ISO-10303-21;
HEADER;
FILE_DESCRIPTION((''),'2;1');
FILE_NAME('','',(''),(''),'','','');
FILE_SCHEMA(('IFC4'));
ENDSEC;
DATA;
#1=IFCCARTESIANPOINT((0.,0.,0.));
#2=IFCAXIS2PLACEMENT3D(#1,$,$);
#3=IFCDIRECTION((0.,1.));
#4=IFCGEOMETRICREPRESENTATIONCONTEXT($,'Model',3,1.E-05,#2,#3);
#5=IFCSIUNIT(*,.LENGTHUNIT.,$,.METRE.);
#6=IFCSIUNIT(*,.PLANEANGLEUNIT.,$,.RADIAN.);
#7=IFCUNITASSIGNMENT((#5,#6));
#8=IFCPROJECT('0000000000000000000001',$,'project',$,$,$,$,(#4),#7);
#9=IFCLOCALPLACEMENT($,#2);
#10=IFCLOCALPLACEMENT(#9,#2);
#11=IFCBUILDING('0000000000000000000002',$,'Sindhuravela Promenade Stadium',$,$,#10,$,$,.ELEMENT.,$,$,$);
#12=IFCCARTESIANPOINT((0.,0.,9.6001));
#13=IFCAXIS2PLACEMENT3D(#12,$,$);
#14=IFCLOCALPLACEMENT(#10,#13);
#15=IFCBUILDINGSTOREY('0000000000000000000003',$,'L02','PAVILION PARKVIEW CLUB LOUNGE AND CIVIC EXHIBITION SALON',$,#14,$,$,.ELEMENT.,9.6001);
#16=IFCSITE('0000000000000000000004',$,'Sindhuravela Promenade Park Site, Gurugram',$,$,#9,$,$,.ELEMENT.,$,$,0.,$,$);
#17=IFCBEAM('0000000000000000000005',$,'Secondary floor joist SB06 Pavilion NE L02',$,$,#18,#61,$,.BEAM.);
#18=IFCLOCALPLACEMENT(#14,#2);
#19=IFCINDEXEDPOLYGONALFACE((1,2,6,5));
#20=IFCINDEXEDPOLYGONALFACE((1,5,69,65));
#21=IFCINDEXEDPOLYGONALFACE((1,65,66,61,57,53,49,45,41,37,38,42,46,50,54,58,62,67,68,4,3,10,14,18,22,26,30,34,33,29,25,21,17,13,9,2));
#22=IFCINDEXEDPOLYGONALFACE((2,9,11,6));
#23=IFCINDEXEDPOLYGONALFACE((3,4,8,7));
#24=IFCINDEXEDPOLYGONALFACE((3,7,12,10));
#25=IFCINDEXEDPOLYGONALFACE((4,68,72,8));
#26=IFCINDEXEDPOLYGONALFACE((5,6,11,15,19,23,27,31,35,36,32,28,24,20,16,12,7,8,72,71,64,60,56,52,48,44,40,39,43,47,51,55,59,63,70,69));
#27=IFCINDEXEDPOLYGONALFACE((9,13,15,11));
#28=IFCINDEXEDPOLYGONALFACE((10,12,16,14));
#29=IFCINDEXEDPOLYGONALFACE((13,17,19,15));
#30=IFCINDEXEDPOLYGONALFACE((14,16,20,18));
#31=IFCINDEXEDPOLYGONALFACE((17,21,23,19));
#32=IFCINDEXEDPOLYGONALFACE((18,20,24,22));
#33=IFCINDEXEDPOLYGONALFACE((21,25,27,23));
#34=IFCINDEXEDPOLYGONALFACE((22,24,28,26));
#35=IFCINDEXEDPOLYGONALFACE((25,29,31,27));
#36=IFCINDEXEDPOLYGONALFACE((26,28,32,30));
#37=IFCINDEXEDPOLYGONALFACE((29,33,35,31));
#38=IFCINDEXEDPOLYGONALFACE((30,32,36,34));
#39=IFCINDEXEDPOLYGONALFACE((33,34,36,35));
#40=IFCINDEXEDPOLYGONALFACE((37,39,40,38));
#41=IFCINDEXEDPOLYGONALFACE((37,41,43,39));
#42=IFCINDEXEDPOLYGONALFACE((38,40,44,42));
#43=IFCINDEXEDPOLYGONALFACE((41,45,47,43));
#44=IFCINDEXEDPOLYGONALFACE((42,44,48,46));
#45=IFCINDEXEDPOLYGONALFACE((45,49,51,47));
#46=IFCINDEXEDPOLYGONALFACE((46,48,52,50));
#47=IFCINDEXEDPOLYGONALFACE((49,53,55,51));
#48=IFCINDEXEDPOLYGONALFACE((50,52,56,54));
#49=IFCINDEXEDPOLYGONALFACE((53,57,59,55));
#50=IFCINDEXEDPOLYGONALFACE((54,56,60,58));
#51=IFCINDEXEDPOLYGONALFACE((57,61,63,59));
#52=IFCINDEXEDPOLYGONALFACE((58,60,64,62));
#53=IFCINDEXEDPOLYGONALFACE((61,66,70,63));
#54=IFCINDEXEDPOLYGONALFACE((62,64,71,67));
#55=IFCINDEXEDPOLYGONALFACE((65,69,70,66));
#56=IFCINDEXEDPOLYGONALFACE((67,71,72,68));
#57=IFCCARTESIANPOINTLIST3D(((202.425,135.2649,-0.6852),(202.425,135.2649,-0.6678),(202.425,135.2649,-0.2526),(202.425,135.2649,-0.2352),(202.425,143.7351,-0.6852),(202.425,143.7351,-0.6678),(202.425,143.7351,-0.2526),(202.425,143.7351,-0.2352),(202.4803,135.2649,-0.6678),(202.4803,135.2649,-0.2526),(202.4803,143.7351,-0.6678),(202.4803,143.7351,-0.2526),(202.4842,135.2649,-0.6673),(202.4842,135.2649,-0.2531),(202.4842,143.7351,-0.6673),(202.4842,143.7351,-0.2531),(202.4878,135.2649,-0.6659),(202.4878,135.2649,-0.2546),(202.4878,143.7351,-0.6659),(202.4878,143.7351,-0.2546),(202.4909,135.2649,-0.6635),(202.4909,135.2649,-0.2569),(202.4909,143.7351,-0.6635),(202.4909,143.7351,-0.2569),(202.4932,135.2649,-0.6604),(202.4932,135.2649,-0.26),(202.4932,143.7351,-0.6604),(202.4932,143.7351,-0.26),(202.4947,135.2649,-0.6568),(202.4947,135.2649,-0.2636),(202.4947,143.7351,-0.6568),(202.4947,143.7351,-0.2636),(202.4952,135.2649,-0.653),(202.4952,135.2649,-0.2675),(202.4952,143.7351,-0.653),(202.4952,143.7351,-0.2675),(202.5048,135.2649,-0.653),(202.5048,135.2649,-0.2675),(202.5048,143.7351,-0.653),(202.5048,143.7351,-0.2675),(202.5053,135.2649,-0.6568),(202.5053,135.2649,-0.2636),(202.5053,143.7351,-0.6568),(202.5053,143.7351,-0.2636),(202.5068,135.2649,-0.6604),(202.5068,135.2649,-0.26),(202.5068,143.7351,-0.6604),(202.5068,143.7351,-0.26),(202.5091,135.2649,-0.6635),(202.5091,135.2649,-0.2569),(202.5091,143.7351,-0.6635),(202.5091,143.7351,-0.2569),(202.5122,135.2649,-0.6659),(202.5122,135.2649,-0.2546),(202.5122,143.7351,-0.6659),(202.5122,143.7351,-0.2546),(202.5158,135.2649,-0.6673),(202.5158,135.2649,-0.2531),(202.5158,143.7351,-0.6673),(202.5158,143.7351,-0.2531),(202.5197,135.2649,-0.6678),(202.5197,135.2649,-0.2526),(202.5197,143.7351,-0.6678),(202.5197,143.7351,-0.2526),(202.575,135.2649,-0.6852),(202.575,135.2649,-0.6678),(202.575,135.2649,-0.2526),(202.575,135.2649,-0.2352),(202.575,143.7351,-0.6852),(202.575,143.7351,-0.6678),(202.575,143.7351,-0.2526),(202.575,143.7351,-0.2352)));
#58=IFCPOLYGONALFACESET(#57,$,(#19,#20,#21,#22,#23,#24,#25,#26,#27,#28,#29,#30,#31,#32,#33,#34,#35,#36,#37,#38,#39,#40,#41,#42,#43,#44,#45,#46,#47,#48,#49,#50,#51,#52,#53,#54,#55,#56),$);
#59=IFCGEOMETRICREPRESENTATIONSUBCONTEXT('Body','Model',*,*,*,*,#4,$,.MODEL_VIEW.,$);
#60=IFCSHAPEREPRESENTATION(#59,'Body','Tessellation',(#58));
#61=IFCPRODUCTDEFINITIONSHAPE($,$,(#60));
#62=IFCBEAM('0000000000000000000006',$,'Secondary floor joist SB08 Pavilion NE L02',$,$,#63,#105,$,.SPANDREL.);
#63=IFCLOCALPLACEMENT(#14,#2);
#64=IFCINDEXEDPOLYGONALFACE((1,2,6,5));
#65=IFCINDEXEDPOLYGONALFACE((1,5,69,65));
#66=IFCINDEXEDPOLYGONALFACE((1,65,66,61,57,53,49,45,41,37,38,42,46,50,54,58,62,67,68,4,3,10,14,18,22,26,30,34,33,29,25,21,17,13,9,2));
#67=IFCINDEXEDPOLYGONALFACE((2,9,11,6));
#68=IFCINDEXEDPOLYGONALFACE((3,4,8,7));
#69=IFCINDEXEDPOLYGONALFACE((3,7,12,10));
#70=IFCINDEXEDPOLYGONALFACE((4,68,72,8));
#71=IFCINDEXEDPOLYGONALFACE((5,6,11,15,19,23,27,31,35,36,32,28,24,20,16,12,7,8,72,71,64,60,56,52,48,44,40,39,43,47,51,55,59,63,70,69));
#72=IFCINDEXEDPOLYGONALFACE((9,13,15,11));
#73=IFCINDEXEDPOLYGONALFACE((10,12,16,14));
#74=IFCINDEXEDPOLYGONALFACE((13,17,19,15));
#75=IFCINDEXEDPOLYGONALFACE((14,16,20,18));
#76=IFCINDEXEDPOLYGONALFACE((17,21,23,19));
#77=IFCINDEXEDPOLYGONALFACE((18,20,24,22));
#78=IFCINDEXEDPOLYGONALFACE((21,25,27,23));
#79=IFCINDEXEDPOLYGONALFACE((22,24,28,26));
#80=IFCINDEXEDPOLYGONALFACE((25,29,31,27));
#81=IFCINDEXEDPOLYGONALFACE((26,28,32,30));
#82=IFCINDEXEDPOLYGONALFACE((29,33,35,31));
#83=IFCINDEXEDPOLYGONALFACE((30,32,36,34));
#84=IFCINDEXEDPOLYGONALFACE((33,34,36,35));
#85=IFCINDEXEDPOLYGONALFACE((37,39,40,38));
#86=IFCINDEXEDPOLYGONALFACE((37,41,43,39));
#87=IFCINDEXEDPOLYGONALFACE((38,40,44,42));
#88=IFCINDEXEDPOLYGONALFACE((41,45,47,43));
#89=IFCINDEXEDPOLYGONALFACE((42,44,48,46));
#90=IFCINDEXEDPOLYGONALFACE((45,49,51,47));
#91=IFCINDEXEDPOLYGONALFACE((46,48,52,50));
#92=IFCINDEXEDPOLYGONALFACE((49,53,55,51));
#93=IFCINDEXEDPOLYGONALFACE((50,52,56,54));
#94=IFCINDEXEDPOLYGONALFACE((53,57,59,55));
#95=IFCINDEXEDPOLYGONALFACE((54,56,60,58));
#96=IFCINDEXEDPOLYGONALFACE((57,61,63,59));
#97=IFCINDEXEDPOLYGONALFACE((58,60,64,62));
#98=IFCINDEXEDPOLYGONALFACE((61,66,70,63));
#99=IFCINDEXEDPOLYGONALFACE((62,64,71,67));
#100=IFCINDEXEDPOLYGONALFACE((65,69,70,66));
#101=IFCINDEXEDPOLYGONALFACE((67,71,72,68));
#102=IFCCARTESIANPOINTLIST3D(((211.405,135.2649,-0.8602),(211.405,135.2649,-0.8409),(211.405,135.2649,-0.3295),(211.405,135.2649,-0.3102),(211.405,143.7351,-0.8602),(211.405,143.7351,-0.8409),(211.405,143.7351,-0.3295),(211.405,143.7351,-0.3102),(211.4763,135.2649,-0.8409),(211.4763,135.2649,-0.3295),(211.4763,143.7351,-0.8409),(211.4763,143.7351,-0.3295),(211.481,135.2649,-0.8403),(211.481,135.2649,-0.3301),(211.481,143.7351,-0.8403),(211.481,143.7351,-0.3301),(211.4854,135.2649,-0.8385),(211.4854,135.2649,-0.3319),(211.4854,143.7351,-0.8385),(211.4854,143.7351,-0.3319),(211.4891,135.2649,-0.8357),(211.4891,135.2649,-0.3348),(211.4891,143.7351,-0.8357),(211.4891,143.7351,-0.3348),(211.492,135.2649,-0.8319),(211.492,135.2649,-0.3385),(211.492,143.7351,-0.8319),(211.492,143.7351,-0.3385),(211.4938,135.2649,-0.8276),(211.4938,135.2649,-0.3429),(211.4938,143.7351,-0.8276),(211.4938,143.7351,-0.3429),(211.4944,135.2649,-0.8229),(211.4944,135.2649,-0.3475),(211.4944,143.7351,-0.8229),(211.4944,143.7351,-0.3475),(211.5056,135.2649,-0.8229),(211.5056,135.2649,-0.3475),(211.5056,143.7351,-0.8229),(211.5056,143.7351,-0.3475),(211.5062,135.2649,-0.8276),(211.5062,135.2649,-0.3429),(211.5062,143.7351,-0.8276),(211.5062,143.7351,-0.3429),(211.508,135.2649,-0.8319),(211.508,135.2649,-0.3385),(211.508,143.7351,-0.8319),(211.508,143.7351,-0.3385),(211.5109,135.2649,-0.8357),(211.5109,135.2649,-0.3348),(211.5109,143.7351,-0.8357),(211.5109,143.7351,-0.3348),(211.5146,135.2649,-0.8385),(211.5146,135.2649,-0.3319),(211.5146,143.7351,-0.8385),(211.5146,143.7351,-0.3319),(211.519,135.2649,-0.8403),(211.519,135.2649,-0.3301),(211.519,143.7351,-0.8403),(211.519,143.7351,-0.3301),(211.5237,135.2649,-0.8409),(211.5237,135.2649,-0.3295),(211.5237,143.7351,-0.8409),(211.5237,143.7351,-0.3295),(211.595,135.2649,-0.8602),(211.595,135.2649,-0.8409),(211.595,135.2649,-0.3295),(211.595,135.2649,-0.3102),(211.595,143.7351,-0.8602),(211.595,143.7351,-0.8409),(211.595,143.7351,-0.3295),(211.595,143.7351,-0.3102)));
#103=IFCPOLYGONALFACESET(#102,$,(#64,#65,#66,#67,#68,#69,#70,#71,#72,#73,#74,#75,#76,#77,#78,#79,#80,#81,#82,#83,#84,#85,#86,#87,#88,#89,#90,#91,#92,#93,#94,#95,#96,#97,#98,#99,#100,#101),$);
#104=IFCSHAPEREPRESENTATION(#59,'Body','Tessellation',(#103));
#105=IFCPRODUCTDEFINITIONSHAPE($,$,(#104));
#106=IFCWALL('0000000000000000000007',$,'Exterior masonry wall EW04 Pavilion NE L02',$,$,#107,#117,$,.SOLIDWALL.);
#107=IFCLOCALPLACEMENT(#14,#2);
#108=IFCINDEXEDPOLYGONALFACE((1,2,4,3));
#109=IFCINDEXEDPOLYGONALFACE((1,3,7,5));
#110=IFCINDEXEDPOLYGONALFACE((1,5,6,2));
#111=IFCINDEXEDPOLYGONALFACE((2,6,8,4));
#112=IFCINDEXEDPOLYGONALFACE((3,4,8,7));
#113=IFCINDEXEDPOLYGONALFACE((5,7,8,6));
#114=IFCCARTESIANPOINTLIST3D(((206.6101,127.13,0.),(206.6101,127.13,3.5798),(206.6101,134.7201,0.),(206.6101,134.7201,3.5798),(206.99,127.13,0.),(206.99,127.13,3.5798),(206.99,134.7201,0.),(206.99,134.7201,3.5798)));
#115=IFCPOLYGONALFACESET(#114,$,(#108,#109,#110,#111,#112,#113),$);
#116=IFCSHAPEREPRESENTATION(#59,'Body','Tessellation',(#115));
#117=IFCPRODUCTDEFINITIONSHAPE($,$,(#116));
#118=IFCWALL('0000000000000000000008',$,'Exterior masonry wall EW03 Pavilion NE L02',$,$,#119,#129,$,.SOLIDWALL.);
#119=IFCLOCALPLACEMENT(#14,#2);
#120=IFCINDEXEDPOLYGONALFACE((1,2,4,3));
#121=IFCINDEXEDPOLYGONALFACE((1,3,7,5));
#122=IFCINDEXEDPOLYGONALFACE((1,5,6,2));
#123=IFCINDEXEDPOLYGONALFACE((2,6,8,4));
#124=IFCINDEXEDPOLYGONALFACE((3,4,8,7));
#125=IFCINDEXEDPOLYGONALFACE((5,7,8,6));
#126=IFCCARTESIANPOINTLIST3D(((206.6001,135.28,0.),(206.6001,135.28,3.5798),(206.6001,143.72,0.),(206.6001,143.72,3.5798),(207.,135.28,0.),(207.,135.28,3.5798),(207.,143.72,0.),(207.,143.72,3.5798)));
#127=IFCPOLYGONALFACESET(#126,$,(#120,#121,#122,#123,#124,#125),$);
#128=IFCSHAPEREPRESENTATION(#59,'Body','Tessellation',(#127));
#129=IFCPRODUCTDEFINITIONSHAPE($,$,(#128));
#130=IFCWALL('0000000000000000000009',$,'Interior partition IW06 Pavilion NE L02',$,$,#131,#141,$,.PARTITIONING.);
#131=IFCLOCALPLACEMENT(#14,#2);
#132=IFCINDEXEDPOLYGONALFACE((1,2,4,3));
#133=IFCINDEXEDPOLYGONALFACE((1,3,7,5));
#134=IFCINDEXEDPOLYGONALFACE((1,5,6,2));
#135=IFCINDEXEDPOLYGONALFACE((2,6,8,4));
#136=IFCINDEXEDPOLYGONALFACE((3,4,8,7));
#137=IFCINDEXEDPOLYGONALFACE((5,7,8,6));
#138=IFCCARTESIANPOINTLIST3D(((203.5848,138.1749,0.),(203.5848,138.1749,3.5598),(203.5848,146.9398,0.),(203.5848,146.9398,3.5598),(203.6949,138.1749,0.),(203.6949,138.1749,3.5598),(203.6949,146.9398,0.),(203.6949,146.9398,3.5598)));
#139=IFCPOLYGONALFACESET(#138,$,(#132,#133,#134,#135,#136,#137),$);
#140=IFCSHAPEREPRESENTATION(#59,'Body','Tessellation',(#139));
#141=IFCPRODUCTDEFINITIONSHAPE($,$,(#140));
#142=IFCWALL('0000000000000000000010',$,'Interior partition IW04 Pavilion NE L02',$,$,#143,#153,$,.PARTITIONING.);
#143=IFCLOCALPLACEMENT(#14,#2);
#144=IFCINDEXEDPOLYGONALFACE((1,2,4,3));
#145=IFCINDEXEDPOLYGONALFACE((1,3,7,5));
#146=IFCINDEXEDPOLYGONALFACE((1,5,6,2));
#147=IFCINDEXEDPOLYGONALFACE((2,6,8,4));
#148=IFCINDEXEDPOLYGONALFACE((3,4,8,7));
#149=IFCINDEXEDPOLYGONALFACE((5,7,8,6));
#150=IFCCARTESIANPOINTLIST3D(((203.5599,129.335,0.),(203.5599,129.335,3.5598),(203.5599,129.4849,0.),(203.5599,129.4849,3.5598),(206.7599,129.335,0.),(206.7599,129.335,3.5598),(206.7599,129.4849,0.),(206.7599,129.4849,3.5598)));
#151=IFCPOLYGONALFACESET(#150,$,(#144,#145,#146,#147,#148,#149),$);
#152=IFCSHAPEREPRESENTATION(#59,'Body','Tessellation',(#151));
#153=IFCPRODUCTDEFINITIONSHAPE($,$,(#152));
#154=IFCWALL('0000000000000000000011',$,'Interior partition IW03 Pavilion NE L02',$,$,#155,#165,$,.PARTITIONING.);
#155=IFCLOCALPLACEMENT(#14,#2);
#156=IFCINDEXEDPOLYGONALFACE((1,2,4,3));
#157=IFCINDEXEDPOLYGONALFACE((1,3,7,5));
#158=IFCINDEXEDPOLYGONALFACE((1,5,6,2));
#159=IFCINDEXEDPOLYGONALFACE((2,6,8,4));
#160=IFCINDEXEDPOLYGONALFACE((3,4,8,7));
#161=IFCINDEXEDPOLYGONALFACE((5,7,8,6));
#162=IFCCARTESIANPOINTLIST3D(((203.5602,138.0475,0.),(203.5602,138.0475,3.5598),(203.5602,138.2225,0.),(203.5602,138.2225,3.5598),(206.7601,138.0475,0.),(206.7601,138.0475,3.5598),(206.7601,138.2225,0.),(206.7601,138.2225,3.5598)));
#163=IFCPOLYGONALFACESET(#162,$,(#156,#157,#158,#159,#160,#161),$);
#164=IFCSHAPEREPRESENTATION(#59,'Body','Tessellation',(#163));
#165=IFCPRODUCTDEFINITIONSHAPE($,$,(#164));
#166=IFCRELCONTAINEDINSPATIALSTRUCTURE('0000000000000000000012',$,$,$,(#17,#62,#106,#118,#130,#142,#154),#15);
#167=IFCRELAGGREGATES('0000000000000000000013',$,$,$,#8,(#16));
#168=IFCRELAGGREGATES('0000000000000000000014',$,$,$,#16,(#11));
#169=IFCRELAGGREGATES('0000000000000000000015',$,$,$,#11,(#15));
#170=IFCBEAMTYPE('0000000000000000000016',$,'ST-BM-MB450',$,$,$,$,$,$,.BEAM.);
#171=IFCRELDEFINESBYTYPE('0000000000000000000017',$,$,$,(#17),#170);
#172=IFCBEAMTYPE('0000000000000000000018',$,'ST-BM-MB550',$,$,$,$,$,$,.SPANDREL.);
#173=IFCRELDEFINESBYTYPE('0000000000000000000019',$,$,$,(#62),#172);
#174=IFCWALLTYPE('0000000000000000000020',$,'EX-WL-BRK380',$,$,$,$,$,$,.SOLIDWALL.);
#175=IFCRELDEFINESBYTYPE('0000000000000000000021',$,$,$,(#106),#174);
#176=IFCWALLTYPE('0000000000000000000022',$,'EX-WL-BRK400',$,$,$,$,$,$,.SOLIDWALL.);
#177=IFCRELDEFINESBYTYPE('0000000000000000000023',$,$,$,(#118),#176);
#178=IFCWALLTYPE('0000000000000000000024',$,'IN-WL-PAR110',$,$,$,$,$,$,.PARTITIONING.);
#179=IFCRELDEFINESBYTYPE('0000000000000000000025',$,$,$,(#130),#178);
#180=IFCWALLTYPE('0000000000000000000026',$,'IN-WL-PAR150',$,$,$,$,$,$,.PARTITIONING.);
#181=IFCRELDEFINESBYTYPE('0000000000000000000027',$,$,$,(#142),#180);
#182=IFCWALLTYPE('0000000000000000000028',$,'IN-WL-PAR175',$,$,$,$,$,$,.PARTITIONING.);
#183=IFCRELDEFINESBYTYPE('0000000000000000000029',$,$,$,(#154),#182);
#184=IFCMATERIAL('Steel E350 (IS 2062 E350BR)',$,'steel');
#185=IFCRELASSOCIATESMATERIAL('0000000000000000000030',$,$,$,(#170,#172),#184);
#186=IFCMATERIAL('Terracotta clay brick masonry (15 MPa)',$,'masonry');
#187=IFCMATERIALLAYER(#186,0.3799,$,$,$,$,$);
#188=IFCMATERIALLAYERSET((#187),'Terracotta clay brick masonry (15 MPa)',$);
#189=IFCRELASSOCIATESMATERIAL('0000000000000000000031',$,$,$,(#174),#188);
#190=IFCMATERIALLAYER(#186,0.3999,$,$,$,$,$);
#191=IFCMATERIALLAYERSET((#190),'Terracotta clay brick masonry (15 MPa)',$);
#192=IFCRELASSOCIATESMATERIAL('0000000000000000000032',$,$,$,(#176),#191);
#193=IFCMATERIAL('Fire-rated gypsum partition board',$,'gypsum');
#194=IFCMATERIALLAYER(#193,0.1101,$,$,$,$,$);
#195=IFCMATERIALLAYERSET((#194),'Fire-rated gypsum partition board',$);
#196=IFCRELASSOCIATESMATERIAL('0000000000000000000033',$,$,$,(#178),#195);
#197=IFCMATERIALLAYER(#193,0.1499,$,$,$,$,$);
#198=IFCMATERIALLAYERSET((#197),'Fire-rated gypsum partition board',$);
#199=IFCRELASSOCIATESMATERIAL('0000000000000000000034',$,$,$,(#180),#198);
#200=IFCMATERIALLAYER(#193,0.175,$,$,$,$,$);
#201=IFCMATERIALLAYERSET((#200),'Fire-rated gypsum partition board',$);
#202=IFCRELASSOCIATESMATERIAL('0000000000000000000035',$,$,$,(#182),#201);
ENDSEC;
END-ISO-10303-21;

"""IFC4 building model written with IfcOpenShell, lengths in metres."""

from ifc_helpers import new_model, si_unit, direction, frame, frame_2d, origin, origin_2d, place, context, subcontext, project, spatial, rectangle, i_section, extrude, material, layer, layer_set, material_profile, profile_set, type_object, element, save


model = new_model("IFC4")

# Units and contexts
model_context = context("Model", 3, precision=1e-05, world=origin(), true_north=direction((0.0, 1.0)))
body_context = subcontext(model_context, "Body", "Model", "MODEL_VIEW")
ifc_project = project(units=[si_unit("LENGTHUNIT", "METRE"), si_unit("PLANEANGLEUNIT", "RADIAN")], contexts=[model_context])

# Site, building, storey
site_placement = place(None, origin())
site = spatial("IfcSite", under=ifc_project, at=site_placement, Name="Sindhuravela Promenade Park Site, Gurugram", CompositionType="ELEMENT", RefElevation=0.0)
building_placement = place(site_placement, origin())
building = spatial("IfcBuilding", under=site, at=building_placement, Name="Sindhuravela Promenade Stadium", CompositionType="ELEMENT")
storey_placement = place(building_placement, frame((0.0, 0.0, 9.6001)))
storey = spatial("IfcBuildingStorey", under=building, at=storey_placement, Name="L02", Description="PAVILION PARKVIEW CLUB LOUNGE AND CIVIC EXHIBITION SALON", CompositionType="ELEMENT", Elevation=9.6001)

# Beams
ifc_material_1 = material(Name="Steel E350 (IS 2062 E350BR)", Category="steel")
ifc_material_profile_1 = material_profile(ifc_material_1, i_section(OverallWidth=0.1499, OverallDepth=0.45, WebThickness=0.0095, FlangeThickness=0.0173, FilletRadius=0.0149, at=origin_2d()), Name="ISMB 450")
ifc_profile_set_1 = profile_set([ifc_material_profile_1], Name="Steel E350 (IS 2062 E350BR)")
beam_type_1 = type_object("IfcBeamType", Name="ST-BM-MB450", PredefinedType="BEAM", material=ifc_profile_set_1)
beam_1_placement = place(storey_placement, frame((202.5, 135.2649, -0.4602), z_axis=(0.0, 1.0, 0.0), x_axis=(-1.0, 0.0, 0.0)))
element("IfcBeam", 1, at=beam_1_placement, inside=storey, type_object=beam_type_1, Name="Secondary floor joist SB06 Pavilion NE L02", PredefinedType="BEAM", context=body_context, shape_type="SweptSolid", body=[
    extrude(i_section(OverallWidth=0.1499, OverallDepth=0.45, WebThickness=0.0095, FlangeThickness=0.0173, FilletRadius=0.0149, at=origin_2d()), origin(), (0.0, 0.0, 1.0), 8.4702),
])
ifc_material_profile_2 = material_profile(ifc_material_1, i_section(OverallWidth=0.1899, OverallDepth=0.55, WebThickness=0.0112, FlangeThickness=0.0193, FilletRadius=0.0181, at=origin_2d()), Name="ISMB 550")
ifc_profile_set_2 = profile_set([ifc_material_profile_2], Name="Steel E350 (IS 2062 E350BR)")
beam_type_2 = type_object("IfcBeamType", Name="ST-BM-MB550", PredefinedType="SPANDREL", material=ifc_profile_set_2)
beam_2_placement = place(storey_placement, frame((211.5, 135.2649, -0.5852), z_axis=(0.0, 1.0, 0.0), x_axis=(-1.0, 0.0, 0.0)))
element("IfcBeam", 2, at=beam_2_placement, inside=storey, type_object=beam_type_2, Name="Secondary floor joist SB08 Pavilion NE L02", PredefinedType="SPANDREL", context=body_context, shape_type="SweptSolid", body=[
    extrude(i_section(OverallWidth=0.1899, OverallDepth=0.55, WebThickness=0.0112, FlangeThickness=0.0193, FilletRadius=0.0181, at=origin_2d()), origin(), (0.0, 0.0, 1.0), 8.4702),
])

# Walls
ifc_material_2 = material(Name="Terracotta clay brick masonry (15 MPa)", Category="masonry")
ifc_layer_1 = layer(ifc_material_2, 0.3799)
ifc_layer_set_1 = layer_set([ifc_layer_1], Name="Terracotta clay brick masonry (15 MPa)")
wall_type_1 = type_object("IfcWallType", Name="EX-WL-BRK380", PredefinedType="SOLIDWALL", material=ifc_layer_set_1)
wall_1_placement = place(storey_placement, frame((206.8, 134.72, 0.0), z_axis=(0.0, 0.0, 1.0), x_axis=(0.0, -1.0, 0.0)))
element("IfcWall", 3, at=wall_1_placement, inside=storey, type_object=wall_type_1, Name="Exterior masonry wall EW04 Pavilion NE L02", PredefinedType="SOLIDWALL", context=body_context, shape_type="SweptSolid", body=[
    extrude(rectangle(XDim=7.5901, YDim=0.3799, at=frame_2d((3.7949, 0.0))), origin(), (0.0, 0.0, 1.0), 3.5798),
])
ifc_layer_2 = layer(ifc_material_2, 0.3999)
ifc_layer_set_2 = layer_set([ifc_layer_2], Name="Terracotta clay brick masonry (15 MPa)")
wall_type_2 = type_object("IfcWallType", Name="EX-WL-BRK400", PredefinedType="SOLIDWALL", material=ifc_layer_set_2)
wall_2_placement = place(storey_placement, frame((206.8, 143.72, 0.0), z_axis=(0.0, 0.0, 1.0), x_axis=(0.0, -1.0, 0.0)))
element("IfcWall", 4, at=wall_2_placement, inside=storey, type_object=wall_type_2, Name="Exterior masonry wall EW03 Pavilion NE L02", PredefinedType="SOLIDWALL", context=body_context, shape_type="SweptSolid", body=[
    extrude(rectangle(XDim=8.4399, YDim=0.3999, at=frame_2d((4.22, 0.0))), origin(), (0.0, 0.0, 1.0), 3.5798),
])
ifc_material_3 = material(Name="Fire-rated gypsum partition board", Category="gypsum")
ifc_layer_3 = layer(ifc_material_3, 0.1101)
ifc_layer_set_3 = layer_set([ifc_layer_3], Name="Fire-rated gypsum partition board")
wall_type_3 = type_object("IfcWallType", Name="IN-WL-PAR110", PredefinedType="PARTITIONING", material=ifc_layer_set_3)
wall_3_placement = place(storey_placement, frame((203.6399, 138.175, 0.0), z_axis=(0.0, 0.0, 1.0), x_axis=(0.0, 1.0, 0.0)))
element("IfcWall", 5, at=wall_3_placement, inside=storey, type_object=wall_type_3, Name="Interior partition IW06 Pavilion NE L02", PredefinedType="PARTITIONING", context=body_context, shape_type="SweptSolid", body=[
    extrude(rectangle(XDim=8.7649, YDim=0.1101, at=frame_2d((4.3823, 0.0))), origin(), (0.0, 0.0, 1.0), 3.5598),
])
ifc_layer_4 = layer(ifc_material_3, 0.1499)
ifc_layer_set_4 = layer_set([ifc_layer_4], Name="Fire-rated gypsum partition board")
wall_type_4 = type_object("IfcWallType", Name="IN-WL-PAR150", PredefinedType="PARTITIONING", material=ifc_layer_set_4)
wall_4_placement = place(storey_placement, frame((206.76, 129.4099, 0.0), z_axis=(0.0, 0.0, 1.0), x_axis=(-1.0, 0.0, 0.0)))
element("IfcWall", 6, at=wall_4_placement, inside=storey, type_object=wall_type_4, Name="Interior partition IW04 Pavilion NE L02", PredefinedType="PARTITIONING", context=body_context, shape_type="SweptSolid", body=[
    extrude(rectangle(XDim=3.2, YDim=0.1499, at=frame_2d((1.6001, 0.0))), origin(), (0.0, 0.0, 1.0), 3.5598),
])
ifc_layer_5 = layer(ifc_material_3, 0.175)
ifc_layer_set_5 = layer_set([ifc_layer_5], Name="Fire-rated gypsum partition board")
wall_type_5 = type_object("IfcWallType", Name="IN-WL-PAR175", PredefinedType="PARTITIONING", material=ifc_layer_set_5)
wall_5_placement = place(storey_placement, frame((203.5601, 138.135, 0.0), z_axis=(0.0, 0.0, 1.0), x_axis=(1.0, 0.0, 0.0)))
element("IfcWall", 7, at=wall_5_placement, inside=storey, type_object=wall_type_5, Name="Interior partition IW03 Pavilion NE L02", PredefinedType="PARTITIONING", context=body_context, shape_type="SweptSolid", body=[
    extrude(rectangle(XDim=3.2, YDim=0.175, at=frame_2d((1.6001, 0.0))), origin(), (0.0, 0.0, 1.0), 3.5598),
])

save(model, "model.ifc")
